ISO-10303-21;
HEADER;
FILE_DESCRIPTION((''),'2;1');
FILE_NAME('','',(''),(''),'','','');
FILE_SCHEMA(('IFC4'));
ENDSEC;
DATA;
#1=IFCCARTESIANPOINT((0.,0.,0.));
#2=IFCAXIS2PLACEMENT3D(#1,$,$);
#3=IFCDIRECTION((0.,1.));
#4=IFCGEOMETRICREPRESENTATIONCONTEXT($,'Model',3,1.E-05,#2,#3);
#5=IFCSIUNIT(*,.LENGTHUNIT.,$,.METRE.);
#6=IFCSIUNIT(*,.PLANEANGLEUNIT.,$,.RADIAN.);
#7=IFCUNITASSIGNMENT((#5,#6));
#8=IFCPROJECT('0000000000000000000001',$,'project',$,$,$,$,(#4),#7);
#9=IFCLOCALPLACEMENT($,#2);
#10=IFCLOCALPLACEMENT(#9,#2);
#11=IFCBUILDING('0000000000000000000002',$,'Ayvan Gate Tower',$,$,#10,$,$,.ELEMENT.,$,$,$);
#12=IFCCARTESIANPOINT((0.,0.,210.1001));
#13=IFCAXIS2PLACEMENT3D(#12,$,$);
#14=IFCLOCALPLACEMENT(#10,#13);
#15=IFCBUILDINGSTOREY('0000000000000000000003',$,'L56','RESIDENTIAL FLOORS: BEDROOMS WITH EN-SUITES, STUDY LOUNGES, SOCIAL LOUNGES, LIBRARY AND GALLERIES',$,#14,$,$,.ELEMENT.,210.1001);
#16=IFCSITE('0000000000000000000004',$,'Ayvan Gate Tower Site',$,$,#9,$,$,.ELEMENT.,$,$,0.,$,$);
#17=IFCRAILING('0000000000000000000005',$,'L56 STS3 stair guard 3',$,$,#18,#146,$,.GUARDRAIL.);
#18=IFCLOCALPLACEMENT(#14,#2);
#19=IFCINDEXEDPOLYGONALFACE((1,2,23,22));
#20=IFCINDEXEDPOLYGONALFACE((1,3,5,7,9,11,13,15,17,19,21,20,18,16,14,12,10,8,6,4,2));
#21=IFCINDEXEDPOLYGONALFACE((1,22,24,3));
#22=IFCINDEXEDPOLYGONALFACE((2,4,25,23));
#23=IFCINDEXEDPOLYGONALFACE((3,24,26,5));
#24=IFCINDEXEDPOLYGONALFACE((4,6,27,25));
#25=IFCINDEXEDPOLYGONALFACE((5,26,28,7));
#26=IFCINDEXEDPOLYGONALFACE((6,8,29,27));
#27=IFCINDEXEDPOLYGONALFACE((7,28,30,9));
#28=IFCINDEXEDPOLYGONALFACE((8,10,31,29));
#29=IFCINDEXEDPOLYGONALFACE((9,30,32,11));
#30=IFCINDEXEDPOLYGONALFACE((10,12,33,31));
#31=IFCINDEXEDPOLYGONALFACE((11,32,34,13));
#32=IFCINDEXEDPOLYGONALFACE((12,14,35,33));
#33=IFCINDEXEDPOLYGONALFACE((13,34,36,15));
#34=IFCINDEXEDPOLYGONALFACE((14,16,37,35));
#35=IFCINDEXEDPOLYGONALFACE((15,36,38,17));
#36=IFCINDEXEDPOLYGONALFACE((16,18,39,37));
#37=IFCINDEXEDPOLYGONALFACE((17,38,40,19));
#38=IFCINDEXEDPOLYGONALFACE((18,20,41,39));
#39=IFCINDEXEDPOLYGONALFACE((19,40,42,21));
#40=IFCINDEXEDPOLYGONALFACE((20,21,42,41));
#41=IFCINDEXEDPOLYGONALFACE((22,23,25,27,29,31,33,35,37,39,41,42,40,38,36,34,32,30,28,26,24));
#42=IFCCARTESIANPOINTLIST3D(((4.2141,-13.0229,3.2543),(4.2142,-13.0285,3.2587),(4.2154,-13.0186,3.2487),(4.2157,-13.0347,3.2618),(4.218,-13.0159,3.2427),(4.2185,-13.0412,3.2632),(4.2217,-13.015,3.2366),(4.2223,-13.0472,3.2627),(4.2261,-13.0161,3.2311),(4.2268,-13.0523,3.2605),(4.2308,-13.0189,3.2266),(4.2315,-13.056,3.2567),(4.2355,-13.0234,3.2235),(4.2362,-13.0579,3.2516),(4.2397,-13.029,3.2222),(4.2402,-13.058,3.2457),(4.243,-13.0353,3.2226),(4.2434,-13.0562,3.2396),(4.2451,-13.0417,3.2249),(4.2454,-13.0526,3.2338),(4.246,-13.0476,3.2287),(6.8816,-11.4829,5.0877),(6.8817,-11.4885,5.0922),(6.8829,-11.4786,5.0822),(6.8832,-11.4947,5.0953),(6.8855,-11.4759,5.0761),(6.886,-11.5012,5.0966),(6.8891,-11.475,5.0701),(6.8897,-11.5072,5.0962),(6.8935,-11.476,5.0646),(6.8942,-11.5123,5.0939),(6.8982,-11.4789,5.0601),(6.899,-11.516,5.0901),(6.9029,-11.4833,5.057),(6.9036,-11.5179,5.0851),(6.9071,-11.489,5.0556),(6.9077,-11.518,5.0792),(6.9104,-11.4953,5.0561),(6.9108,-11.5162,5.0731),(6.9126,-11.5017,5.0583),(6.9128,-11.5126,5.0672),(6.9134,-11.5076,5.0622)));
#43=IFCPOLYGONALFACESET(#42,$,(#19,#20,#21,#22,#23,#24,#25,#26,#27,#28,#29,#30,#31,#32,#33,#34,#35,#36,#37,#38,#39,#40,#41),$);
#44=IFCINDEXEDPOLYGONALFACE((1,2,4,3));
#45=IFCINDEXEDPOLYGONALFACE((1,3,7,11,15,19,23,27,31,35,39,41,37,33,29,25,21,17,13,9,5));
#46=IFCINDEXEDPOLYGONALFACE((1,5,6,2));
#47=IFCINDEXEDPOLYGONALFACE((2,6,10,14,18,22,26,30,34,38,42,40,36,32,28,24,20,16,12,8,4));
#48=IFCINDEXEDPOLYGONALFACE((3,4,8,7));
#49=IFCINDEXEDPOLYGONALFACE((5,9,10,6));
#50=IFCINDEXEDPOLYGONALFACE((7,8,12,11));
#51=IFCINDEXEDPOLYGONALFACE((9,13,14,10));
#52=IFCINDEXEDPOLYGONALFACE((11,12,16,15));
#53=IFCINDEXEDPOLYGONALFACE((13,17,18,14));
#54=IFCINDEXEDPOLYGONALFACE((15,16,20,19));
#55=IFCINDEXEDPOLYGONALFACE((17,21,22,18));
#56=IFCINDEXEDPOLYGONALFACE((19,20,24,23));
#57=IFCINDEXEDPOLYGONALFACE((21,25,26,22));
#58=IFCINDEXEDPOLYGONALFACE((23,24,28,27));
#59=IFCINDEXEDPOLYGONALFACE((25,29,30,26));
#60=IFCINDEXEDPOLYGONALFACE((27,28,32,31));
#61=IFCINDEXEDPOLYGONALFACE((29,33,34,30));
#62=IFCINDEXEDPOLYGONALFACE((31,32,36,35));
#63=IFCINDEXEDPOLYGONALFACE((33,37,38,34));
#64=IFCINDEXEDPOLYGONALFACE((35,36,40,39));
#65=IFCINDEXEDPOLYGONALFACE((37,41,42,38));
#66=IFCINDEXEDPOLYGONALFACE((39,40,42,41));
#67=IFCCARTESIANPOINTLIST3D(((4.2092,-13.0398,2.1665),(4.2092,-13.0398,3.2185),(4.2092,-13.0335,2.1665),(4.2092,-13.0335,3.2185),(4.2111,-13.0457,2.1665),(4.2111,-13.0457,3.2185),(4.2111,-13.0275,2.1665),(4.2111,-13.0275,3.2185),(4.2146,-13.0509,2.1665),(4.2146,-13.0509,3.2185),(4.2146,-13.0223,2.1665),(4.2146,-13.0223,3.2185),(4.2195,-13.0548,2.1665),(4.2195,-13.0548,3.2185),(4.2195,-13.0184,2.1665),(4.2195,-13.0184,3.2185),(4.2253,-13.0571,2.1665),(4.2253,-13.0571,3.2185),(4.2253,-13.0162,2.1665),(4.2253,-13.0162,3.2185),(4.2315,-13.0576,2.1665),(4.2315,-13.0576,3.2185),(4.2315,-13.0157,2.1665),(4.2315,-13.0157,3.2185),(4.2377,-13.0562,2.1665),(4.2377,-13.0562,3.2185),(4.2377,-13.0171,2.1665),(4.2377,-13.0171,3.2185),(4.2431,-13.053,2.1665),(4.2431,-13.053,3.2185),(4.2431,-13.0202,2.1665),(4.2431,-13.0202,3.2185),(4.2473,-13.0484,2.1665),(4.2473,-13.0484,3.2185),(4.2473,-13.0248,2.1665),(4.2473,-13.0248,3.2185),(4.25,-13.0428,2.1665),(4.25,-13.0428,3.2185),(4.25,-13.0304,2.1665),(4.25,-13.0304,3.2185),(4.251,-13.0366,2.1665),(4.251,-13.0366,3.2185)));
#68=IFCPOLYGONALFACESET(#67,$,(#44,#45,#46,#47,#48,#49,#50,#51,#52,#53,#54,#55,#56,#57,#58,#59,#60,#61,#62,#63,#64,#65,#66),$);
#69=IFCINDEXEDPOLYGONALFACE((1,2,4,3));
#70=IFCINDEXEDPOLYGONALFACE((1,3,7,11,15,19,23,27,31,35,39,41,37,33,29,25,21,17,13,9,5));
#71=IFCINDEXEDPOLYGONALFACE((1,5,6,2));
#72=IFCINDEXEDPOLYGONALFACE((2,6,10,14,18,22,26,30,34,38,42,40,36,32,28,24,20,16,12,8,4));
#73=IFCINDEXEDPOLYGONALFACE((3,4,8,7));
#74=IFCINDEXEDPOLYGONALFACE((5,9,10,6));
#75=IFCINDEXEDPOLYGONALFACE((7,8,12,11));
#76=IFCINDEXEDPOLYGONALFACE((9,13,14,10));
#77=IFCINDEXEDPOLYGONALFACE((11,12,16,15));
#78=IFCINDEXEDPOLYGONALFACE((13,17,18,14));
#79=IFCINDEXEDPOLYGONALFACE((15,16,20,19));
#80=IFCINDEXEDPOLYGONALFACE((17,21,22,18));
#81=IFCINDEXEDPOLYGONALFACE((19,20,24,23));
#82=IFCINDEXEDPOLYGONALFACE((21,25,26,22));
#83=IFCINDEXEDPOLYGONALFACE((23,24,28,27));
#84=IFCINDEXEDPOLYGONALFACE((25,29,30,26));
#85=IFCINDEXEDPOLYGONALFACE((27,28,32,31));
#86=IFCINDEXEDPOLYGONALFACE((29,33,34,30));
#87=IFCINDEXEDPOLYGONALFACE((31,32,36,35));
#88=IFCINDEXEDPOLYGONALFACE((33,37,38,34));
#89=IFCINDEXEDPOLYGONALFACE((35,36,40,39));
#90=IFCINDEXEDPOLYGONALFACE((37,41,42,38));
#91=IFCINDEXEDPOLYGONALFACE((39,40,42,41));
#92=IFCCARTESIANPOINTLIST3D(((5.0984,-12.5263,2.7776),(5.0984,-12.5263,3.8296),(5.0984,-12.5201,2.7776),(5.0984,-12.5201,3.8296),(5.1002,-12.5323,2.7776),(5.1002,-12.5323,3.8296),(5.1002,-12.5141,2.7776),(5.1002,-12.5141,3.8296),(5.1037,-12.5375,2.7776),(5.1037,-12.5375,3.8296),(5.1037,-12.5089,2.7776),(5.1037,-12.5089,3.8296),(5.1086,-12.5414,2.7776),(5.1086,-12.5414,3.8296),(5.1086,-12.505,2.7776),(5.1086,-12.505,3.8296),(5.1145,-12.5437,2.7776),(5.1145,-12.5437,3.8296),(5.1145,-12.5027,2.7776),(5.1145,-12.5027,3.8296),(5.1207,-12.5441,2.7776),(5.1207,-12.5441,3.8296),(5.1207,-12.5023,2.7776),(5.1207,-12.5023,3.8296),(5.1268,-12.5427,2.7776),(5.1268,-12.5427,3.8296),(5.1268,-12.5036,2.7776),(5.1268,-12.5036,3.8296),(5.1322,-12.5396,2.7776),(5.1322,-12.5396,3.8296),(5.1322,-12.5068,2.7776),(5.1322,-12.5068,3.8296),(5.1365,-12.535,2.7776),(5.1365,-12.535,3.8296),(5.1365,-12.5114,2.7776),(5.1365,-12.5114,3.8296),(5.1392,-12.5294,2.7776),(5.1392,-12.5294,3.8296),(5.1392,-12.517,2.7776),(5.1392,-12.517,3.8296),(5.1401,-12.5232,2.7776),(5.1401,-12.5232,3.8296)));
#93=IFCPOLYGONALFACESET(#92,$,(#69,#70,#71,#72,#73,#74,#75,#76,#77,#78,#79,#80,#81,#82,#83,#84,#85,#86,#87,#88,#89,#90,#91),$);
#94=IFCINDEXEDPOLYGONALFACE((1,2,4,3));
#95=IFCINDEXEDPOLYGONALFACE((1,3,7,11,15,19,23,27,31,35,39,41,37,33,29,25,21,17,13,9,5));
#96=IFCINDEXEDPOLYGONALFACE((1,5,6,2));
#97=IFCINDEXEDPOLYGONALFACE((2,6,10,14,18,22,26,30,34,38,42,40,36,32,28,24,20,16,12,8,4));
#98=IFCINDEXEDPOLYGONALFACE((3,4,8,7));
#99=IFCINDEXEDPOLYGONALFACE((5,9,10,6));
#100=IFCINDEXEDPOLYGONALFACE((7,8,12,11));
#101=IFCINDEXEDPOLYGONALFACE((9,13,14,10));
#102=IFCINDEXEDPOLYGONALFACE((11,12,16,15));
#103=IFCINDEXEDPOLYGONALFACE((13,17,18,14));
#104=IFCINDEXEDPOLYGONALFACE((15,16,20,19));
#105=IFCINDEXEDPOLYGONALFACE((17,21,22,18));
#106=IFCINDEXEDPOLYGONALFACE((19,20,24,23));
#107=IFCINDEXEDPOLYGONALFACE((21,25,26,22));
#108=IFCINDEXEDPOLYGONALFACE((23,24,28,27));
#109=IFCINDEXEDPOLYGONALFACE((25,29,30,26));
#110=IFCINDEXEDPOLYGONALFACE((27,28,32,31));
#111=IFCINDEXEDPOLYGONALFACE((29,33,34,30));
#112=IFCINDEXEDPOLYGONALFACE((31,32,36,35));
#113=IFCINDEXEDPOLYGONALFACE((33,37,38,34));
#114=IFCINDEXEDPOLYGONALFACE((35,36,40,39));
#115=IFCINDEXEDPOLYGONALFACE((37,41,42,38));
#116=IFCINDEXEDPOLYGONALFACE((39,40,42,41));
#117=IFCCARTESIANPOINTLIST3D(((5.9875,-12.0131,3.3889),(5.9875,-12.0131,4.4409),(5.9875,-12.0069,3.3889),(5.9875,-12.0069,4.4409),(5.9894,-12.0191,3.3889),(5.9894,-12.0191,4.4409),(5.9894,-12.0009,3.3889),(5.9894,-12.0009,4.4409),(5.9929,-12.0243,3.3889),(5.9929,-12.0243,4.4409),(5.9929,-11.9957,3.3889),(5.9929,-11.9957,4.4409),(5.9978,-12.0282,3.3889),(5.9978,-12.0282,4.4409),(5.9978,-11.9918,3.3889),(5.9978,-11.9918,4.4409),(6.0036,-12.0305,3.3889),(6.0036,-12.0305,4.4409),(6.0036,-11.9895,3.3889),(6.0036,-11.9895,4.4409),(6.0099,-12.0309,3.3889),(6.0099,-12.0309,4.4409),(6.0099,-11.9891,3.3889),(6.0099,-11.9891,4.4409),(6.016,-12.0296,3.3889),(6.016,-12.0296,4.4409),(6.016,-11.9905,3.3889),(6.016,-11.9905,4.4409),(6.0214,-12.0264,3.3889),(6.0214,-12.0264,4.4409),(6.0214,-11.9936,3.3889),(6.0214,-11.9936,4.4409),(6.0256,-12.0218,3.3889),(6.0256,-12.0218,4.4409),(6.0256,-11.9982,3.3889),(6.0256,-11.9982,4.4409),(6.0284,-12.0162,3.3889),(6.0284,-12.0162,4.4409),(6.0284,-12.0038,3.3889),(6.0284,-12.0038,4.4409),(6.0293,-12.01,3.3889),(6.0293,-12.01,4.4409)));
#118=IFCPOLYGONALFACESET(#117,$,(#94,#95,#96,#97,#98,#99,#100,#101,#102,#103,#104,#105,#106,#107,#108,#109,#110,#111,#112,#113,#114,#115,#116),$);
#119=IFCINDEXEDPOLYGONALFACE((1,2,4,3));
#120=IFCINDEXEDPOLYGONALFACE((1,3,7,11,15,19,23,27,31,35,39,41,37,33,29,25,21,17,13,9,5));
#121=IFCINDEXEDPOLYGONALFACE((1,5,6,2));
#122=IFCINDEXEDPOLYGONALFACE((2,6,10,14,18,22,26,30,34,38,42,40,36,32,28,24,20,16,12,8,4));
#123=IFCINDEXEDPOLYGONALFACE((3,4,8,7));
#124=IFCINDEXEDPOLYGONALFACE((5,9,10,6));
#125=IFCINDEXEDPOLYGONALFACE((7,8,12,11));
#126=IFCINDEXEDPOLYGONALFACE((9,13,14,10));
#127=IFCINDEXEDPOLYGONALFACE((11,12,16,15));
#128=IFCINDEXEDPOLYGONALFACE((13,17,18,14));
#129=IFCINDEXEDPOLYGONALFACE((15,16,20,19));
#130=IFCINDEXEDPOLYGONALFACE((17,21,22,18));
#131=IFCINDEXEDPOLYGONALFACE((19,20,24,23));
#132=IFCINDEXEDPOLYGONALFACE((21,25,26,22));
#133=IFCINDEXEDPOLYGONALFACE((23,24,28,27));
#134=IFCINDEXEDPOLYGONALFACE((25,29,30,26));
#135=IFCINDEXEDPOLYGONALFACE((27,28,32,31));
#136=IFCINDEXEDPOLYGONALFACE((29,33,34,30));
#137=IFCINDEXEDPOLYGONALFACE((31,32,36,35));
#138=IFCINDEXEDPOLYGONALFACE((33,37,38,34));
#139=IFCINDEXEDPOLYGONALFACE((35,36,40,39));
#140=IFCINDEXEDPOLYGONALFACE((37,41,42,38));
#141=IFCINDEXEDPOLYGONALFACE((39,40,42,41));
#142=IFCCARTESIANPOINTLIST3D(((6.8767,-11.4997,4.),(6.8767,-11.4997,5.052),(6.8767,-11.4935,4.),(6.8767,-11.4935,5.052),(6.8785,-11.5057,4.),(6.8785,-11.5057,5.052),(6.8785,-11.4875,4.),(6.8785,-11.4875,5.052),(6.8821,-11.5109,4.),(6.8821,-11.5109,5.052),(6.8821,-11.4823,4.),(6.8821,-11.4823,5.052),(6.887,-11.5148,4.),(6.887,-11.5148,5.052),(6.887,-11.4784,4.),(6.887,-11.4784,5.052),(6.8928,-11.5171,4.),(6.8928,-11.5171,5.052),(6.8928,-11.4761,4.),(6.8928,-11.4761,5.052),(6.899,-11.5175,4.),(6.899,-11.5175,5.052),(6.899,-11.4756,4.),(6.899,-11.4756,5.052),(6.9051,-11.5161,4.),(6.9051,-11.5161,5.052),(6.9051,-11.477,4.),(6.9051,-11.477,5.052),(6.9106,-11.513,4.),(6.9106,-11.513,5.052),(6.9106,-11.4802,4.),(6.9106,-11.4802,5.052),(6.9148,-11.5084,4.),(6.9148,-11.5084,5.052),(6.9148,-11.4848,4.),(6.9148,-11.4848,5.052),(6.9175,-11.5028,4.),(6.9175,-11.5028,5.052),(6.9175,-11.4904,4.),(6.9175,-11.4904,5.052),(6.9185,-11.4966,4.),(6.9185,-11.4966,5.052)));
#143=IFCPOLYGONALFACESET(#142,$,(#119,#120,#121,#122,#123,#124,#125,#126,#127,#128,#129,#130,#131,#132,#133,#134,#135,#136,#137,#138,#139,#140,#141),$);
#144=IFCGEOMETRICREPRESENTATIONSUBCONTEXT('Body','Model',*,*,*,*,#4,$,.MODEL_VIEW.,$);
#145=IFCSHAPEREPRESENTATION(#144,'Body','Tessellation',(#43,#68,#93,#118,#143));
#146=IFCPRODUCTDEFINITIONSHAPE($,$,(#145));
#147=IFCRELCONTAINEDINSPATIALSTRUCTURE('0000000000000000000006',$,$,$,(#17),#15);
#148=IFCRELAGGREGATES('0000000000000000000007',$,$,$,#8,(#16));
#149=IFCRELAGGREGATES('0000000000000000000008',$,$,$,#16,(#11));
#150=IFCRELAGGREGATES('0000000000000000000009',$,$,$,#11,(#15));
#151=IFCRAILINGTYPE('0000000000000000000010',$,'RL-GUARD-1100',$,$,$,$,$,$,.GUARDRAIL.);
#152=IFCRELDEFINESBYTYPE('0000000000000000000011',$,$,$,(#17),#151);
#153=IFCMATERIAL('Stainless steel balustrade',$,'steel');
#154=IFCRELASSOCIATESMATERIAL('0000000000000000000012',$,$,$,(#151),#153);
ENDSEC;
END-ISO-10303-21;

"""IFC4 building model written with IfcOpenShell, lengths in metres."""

from ifc_helpers import new_model, si_unit, direction, frame, origin, origin_2d, place, context, subcontext, project, spatial, circle, extrude, material, type_object, element, save


model = new_model("IFC4")

# Units and contexts
model_context = context("Model", 3, precision=1e-05, world=origin(), true_north=direction((0.0, 1.0)))
body_context = subcontext(model_context, "Body", "Model", "MODEL_VIEW")
ifc_project = project(units=[si_unit("LENGTHUNIT", "METRE"), si_unit("PLANEANGLEUNIT", "RADIAN")], contexts=[model_context])

# Site, building, storey
site_placement = place(None, origin())
site = spatial("IfcSite", under=ifc_project, at=site_placement, Name="Ayvan Gate Tower Site", CompositionType="ELEMENT", RefElevation=0.0)
building_placement = place(site_placement, origin())
building = spatial("IfcBuilding", under=site, at=building_placement, Name="Ayvan Gate Tower", CompositionType="ELEMENT")
storey_placement = place(building_placement, frame((0.0, 0.0, 210.1001)))
storey = spatial("IfcBuildingStorey", under=building, at=storey_placement, Name="L56", Description="RESIDENTIAL FLOORS: BEDROOMS WITH EN-SUITES, STUDY LOUNGES, SOCIAL LOUNGES, LIBRARY AND GALLERIES", CompositionType="ELEMENT", Elevation=210.1001)

# Railing
ifc_material_1 = material(Name="Stainless steel balustrade", Category="steel")
railing_type_1 = type_object("IfcRailingType", Name="RL-GUARD-1100", PredefinedType="GUARDRAIL", material=ifc_material_1)
railing_1_placement = place(storey_placement, frame((4.23, -13.0366, 2.1665)))
element("IfcRailing", 1, at=railing_1_placement, inside=storey, type_object=railing_type_1, Name="L56 STS3 stair guard 3", PredefinedType="GUARDRAIL", context=body_context, shape_type="SweptSolid", body=[
    extrude(circle(Radius=0.0239, at=origin_2d()), frame((0.0, 0.0, 1.0762), z_axis=(0.744164, 0.429634, 0.511502), x_axis=(-0.499992, 0.86603, 0.0)), (0.0, 0.0, 1.0), 3.5845),
    extrude(circle(Radius=0.021, at=origin_2d()), origin(), (0.0, 0.0, 1.0), 1.052),
    extrude(circle(Radius=0.021, at=origin_2d()), frame((0.8892, 0.5134, 0.6111)), (0.0, 0.0, 1.0), 1.052),
    extrude(circle(Radius=0.021, at=origin_2d()), frame((1.7783, 1.0266, 1.2224)), (0.0, 0.0, 1.0), 1.052),
    extrude(circle(Radius=0.021, at=origin_2d()), frame((2.6675, 1.54, 1.8335)), (0.0, 0.0, 1.0), 1.052),
])

save(model, "model.ifc")
